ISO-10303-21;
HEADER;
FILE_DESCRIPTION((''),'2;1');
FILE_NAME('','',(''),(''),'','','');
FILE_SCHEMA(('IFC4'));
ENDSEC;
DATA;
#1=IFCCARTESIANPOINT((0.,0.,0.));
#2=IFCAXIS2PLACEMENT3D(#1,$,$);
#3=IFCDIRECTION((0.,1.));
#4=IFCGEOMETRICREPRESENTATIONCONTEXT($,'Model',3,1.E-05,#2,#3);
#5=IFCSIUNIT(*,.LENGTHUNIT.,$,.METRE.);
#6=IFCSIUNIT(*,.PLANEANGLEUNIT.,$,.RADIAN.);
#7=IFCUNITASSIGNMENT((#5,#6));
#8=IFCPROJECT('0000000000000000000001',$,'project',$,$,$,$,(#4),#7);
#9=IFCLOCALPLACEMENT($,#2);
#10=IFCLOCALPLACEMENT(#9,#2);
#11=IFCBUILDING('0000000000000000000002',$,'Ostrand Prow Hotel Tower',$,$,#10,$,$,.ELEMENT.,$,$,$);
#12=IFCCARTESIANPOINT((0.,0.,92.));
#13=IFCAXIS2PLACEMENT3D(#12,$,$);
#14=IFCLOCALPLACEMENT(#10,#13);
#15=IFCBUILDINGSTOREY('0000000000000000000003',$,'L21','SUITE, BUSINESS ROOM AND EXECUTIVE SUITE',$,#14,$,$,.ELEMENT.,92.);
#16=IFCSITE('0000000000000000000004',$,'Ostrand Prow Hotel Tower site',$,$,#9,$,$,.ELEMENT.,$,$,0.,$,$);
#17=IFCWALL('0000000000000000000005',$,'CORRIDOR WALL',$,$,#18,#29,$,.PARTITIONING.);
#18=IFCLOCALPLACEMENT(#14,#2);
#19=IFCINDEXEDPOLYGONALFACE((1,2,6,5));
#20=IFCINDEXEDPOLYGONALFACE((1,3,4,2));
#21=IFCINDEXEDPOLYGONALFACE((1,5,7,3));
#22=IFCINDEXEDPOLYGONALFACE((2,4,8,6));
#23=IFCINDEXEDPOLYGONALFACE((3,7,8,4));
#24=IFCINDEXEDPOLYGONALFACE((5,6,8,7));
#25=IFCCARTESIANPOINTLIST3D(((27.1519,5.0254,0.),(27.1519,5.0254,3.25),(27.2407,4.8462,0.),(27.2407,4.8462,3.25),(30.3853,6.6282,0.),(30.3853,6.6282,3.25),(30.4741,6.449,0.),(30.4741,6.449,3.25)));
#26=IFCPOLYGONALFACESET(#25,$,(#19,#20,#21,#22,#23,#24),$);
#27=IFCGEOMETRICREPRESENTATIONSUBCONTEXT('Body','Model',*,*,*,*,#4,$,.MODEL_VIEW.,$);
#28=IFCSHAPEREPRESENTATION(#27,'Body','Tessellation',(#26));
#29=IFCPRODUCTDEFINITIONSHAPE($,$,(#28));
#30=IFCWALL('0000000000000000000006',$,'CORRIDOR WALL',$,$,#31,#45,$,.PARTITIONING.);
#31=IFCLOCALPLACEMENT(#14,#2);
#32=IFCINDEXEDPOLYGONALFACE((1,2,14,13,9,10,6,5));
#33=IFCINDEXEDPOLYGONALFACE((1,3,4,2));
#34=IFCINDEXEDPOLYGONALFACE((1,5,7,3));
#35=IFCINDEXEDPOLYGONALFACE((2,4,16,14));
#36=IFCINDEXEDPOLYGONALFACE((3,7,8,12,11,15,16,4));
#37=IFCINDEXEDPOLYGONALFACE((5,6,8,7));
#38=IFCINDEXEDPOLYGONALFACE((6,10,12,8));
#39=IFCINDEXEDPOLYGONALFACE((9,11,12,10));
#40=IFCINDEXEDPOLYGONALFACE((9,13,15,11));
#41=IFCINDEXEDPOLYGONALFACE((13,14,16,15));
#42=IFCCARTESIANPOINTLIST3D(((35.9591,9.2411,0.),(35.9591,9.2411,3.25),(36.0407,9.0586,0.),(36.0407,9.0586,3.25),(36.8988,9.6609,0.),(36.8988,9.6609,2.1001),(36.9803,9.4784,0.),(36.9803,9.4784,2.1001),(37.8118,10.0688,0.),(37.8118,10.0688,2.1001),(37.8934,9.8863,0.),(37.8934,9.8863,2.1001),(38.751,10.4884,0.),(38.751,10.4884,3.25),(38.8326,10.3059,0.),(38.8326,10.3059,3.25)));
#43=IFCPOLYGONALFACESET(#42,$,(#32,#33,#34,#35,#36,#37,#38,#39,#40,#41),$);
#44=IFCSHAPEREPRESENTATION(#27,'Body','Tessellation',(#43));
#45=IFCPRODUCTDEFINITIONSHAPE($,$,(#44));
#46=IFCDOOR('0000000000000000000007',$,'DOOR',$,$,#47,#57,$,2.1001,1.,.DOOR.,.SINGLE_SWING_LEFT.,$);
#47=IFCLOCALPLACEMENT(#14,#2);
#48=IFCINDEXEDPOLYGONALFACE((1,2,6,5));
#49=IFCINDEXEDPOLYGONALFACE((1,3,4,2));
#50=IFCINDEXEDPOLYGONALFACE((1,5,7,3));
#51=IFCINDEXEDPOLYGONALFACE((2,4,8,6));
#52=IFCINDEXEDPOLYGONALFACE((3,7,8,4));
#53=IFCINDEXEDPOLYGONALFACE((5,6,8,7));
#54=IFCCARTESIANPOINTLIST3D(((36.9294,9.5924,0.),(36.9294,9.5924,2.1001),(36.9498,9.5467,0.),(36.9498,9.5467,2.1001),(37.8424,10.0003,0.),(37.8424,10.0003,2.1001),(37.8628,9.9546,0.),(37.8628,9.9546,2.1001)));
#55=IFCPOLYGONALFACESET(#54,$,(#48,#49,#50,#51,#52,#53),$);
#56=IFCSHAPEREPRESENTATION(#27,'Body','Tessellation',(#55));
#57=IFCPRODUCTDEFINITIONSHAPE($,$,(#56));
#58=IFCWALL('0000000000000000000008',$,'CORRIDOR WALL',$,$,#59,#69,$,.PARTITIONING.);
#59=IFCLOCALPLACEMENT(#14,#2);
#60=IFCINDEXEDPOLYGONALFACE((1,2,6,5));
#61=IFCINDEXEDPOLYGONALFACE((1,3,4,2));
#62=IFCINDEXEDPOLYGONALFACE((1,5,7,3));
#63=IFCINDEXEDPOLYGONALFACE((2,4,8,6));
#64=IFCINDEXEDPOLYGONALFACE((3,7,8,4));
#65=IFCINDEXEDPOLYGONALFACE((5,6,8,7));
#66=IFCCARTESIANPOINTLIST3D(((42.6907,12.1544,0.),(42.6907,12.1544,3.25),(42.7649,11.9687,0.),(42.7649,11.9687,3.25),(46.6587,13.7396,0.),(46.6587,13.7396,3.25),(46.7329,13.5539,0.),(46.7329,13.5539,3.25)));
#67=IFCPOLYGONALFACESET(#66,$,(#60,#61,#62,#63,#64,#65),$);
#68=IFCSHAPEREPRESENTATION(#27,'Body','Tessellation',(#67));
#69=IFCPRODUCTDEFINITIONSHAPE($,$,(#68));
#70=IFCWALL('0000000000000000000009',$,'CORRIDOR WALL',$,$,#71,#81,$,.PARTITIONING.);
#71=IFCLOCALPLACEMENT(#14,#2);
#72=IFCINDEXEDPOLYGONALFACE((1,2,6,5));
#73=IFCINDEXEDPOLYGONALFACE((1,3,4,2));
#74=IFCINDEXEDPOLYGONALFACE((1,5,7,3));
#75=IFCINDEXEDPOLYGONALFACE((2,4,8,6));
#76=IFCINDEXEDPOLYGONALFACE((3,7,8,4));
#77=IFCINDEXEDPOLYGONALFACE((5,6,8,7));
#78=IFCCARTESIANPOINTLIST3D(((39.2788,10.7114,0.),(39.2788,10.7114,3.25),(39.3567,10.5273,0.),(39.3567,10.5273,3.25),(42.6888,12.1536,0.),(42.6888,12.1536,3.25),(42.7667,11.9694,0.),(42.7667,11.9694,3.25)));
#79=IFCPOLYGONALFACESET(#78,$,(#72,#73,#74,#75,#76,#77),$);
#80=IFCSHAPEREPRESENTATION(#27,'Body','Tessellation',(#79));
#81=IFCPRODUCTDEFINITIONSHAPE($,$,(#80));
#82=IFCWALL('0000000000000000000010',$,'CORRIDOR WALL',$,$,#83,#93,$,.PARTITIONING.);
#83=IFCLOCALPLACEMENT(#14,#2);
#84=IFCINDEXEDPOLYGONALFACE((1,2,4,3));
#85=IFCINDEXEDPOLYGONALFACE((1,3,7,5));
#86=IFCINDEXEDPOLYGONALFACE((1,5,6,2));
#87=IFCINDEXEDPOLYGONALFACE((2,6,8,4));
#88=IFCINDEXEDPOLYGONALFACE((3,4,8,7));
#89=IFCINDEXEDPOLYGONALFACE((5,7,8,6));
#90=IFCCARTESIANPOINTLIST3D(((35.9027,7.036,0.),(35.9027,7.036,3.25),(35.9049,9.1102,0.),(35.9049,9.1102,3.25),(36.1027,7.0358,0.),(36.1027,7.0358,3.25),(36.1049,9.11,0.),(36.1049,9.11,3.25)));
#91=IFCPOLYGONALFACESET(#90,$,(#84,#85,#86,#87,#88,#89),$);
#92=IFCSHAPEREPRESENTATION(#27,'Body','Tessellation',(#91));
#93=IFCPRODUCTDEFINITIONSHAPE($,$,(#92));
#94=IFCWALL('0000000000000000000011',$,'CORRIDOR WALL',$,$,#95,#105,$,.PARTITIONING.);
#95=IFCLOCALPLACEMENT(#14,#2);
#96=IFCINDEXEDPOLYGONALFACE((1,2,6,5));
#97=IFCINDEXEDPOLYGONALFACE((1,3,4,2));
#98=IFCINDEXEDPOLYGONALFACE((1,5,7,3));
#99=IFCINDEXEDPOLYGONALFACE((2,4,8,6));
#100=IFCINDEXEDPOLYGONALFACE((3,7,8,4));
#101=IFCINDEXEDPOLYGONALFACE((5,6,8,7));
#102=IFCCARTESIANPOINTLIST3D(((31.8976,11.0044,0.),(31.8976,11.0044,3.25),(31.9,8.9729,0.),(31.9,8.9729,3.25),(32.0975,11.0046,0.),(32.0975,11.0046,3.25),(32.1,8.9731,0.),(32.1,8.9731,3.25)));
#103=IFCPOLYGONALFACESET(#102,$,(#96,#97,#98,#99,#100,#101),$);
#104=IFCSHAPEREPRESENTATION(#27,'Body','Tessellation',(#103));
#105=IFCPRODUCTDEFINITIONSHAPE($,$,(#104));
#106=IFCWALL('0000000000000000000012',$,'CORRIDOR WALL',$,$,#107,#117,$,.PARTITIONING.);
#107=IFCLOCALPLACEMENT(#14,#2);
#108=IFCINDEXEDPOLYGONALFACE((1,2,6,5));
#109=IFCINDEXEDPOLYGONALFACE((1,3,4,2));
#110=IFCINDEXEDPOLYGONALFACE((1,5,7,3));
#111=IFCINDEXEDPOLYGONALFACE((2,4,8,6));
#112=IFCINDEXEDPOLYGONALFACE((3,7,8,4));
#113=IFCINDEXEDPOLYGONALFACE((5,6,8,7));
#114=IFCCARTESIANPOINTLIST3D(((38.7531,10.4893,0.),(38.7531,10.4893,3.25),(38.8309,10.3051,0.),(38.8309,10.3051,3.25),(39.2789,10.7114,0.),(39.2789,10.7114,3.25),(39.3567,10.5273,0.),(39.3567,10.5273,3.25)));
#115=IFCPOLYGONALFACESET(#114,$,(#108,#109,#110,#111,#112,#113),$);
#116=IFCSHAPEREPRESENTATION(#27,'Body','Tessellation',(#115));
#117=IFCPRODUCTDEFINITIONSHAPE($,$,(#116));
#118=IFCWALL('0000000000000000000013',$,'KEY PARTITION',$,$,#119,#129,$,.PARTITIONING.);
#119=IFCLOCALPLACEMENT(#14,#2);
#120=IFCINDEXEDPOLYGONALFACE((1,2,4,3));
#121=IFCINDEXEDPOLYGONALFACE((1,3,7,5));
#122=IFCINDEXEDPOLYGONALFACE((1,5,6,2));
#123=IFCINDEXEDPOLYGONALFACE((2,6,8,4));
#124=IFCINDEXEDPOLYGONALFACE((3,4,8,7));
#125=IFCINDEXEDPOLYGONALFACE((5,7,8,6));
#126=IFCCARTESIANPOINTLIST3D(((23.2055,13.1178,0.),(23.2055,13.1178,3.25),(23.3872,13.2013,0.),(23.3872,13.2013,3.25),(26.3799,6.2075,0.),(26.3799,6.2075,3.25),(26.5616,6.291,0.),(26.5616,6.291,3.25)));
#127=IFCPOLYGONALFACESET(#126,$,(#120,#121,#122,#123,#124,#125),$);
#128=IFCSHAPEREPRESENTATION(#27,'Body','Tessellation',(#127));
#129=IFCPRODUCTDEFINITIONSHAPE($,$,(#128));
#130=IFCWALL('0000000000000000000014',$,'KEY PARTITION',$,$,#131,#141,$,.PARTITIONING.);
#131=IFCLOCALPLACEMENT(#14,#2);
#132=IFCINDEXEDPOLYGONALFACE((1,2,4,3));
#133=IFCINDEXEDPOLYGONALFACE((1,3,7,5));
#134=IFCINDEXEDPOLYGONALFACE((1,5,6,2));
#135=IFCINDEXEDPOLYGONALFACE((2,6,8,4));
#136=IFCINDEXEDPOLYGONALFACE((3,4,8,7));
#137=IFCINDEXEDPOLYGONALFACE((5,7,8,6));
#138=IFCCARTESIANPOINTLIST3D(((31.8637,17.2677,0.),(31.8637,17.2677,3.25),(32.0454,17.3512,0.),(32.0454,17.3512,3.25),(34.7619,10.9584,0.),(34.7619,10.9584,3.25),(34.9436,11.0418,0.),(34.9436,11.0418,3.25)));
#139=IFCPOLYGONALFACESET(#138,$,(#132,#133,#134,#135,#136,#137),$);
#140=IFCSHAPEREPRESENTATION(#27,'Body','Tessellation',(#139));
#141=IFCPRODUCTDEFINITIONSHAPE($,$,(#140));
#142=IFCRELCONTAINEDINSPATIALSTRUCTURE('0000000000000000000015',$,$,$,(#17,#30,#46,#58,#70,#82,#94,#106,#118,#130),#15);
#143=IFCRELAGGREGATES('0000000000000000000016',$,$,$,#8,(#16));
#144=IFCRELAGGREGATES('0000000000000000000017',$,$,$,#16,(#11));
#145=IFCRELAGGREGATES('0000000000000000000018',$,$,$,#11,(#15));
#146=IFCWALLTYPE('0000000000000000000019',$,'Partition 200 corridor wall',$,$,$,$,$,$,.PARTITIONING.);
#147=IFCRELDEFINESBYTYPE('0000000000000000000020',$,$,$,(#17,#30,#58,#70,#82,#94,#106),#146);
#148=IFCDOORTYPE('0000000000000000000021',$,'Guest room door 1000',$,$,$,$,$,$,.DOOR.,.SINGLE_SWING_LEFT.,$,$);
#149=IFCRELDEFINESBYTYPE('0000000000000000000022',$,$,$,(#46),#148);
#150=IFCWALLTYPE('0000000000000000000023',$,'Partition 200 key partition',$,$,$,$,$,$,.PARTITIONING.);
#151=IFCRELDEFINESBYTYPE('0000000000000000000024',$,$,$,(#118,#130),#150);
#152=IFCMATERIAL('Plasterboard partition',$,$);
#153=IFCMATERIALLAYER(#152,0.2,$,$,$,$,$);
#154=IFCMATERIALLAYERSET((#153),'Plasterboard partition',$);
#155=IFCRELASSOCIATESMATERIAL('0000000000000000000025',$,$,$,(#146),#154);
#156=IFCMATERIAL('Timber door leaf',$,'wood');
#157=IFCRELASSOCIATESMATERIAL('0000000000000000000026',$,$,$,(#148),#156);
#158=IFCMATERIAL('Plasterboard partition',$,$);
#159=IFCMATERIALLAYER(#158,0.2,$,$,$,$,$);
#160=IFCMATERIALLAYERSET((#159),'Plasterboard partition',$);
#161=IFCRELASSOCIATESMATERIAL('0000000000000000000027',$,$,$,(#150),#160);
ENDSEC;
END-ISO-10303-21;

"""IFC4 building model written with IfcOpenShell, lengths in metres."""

from ifc_helpers import new_model, si_unit, direction, frame, frame_2d, origin, place, context, subcontext, project, spatial, rectangle, extrude, material, layer, layer_set, type_object, element, fill, save


model = new_model("IFC4")

# Units and contexts
model_context = context("Model", 3, precision=1e-05, world=origin(), true_north=direction((0.0, 1.0)))
body_context = subcontext(model_context, "Body", "Model", "MODEL_VIEW")
ifc_project = project(units=[si_unit("LENGTHUNIT", "METRE"), si_unit("PLANEANGLEUNIT", "RADIAN")], contexts=[model_context])

# Site, building, storey
site_placement = place(None, origin())
site = spatial("IfcSite", under=ifc_project, at=site_placement, Name="Ostrand Prow Hotel Tower site", CompositionType="ELEMENT", RefElevation=0.0)
building_placement = place(site_placement, origin())
building = spatial("IfcBuilding", under=site, at=building_placement, Name="Ostrand Prow Hotel Tower", CompositionType="ELEMENT")
storey_placement = place(building_placement, frame((0.0, 0.0, 92.0)))
storey = spatial("IfcBuildingStorey", under=building, at=storey_placement, Name="L21", Description="SUITE, BUSINESS ROOM AND EXECUTIVE SUITE", CompositionType="ELEMENT", Elevation=92.0)

# Shared definitions
ifc_material_1 = material(Name="Plasterboard partition")
ifc_layer_1 = layer(ifc_material_1, 0.2)
ifc_layer_set_1 = layer_set([ifc_layer_1], Name="Plasterboard partition")
wall_type_1 = type_object("IfcWallType", Name="Partition 200 corridor wall", PredefinedType="PARTITIONING", material=ifc_layer_set_1)

# Wall
wall_1_placement = place(storey_placement, frame((27.1963, 4.9358, 0.0), z_axis=(0.0, 0.0, 1.0), x_axis=(0.895964, 0.444126, 0.0)))
element("IfcWall", 1, at=wall_1_placement, inside=storey, type_object=wall_type_1, Name="CORRIDOR WALL", PredefinedType="PARTITIONING", context=body_context, shape_type="SweptSolid", body=[
    extrude(rectangle(XDim=3.6089, YDim=0.2, at=frame_2d((1.8044, 0.0))), origin(), (0.0, 0.0, 1.0), 3.25),
])

# Wall, opening, door
wall_2_placement = place(storey_placement, frame((36.0, 9.1499, 0.0), z_axis=(0.0, 0.0, 1.0), x_axis=(0.91303, 0.407893, 0.0)))
wall_2 = element("IfcWall", 2, at=wall_2_placement, inside=storey, type_object=wall_type_1, Name="CORRIDOR WALL", PredefinedType="PARTITIONING", context=body_context, shape_type="SweptSolid", body=[
    extrude(rectangle(XDim=3.0579, YDim=0.2, at=frame_2d((1.5288, 0.0))), origin(), (0.0, 0.0, 1.0), 3.25),
])
opening_1_placement = place(wall_2_placement, frame((1.0291, 0.0, 0.0)))
opening_1 = element("IfcOpeningElement", 3, at=opening_1_placement, cuts=wall_2, PredefinedType="OPENING", context=body_context, shape_type="SweptSolid", body=[
    extrude(rectangle(XDim=1.0, YDim=2.1001, at=frame_2d((0.5, 1.05))), frame((0.0, 0.1099, 0.0), z_axis=(0.0, -1.0, 0.0), x_axis=(1.0, 0.0, 0.0)), (0.0, 0.0, 1.0), 0.22),
])
ifc_material_2 = material(Name="Timber door leaf", Category="wood")
door_type_1 = type_object("IfcDoorType", Name="Guest room door 1000", OperationType="SINGLE_SWING_LEFT", PredefinedType="DOOR", material=ifc_material_2)
door_1_placement = place(opening_1_placement, origin())
door_1 = element("IfcDoor", 4, at=door_1_placement, inside=storey, type_object=door_type_1, Name="DOOR", OperationType="SINGLE_SWING_LEFT", OverallHeight=2.1001, OverallWidth=1.0, PredefinedType="DOOR", context=body_context, shape_type="SweptSolid", body=[
    extrude(rectangle(XDim=1.0, YDim=2.1001, at=frame_2d((0.5, 1.05))), frame((0.0, 0.0249, 0.0), z_axis=(0.0, -1.0, 0.0), x_axis=(1.0, 0.0, 0.0)), (0.0, 0.0, 1.0), 0.05),
])
fill(opening_1, door_1)

# Walls
wall_3_placement = place(storey_placement, frame((42.7278, 12.0615, 0.0), z_axis=(0.0, 0.0, 1.0), x_axis=(0.928638, 0.370987, 0.0)))
element("IfcWall", 5, at=wall_3_placement, inside=storey, type_object=wall_type_1, Name="CORRIDOR WALL", PredefinedType="PARTITIONING", context=body_context, shape_type="SweptSolid", body=[
    extrude(rectangle(XDim=4.2729, YDim=0.2, at=frame_2d((2.1365, 0.0))), origin(), (0.0, 0.0, 1.0), 3.25),
])
wall_4_placement = place(storey_placement, frame((39.3179, 10.6194, 0.0), z_axis=(0.0, 0.0, 1.0), x_axis=(0.921017, 0.389522, 0.0)))
element("IfcWall", 6, at=wall_4_placement, inside=storey, type_object=wall_type_1, Name="CORRIDOR WALL", PredefinedType="PARTITIONING", context=body_context, shape_type="SweptSolid", body=[
    extrude(rectangle(XDim=3.7024, YDim=0.2, at=frame_2d((1.8511, 0.0))), origin(), (0.0, 0.0, 1.0), 3.25),
])
wall_5_placement = place(storey_placement, frame((36.0027, 7.0359, 0.0), z_axis=(0.0, 0.0, 1.0), x_axis=(0.001059, 0.999999, 0.0)))
element("IfcWall", 7, at=wall_5_placement, inside=storey, type_object=wall_type_1, Name="CORRIDOR WALL", PredefinedType="PARTITIONING", context=body_context, shape_type="SweptSolid", body=[
    extrude(rectangle(XDim=2.0742, YDim=0.2, at=frame_2d((1.0371, 0.0))), origin(), (0.0, 0.0, 1.0), 3.25),
])
wall_6_placement = place(storey_placement, frame((31.9976, 11.0044, 0.0), z_axis=(0.0, 0.0, 1.0), x_axis=(0.001202, -0.999999, 0.0)))
element("IfcWall", 8, at=wall_6_placement, inside=storey, type_object=wall_type_1, Name="CORRIDOR WALL", PredefinedType="PARTITIONING", context=body_context, shape_type="SweptSolid", body=[
    extrude(rectangle(XDim=2.0315, YDim=0.2, at=frame_2d((1.0156, 0.0))), origin(), (0.0, 0.0, 1.0), 3.25),
])
wall_7_placement = place(storey_placement, frame((38.792, 10.3972, 0.0), z_axis=(0.0, 0.0, 1.0), x_axis=(0.921168, 0.389166, 0.0)))
element("IfcWall", 9, at=wall_7_placement, inside=storey, type_object=wall_type_1, Name="CORRIDOR WALL", PredefinedType="PARTITIONING", context=body_context, shape_type="SweptSolid", body=[
    extrude(rectangle(XDim=0.5708, YDim=0.2, at=frame_2d((0.2854, 0.0))), origin(), (0.0, 0.0, 1.0), 3.25),
])
ifc_material_3 = material(Name="Plasterboard partition")
ifc_layer_2 = layer(ifc_material_3, 0.2)
ifc_layer_set_2 = layer_set([ifc_layer_2], Name="Plasterboard partition")
wall_type_2 = type_object("IfcWallType", Name="Partition 200 key partition", PredefinedType="PARTITIONING", material=ifc_layer_set_2)
wall_8_placement = place(storey_placement, frame((26.4707, 6.2493, 0.0), z_axis=(0.0, 0.0, 1.0), x_axis=(-0.417433, 0.908708, 0.0)))
element("IfcWall", 10, at=wall_8_placement, inside=storey, type_object=wall_type_2, Name="KEY PARTITION", PredefinedType="PARTITIONING", context=body_context, shape_type="SweptSolid", body=[
    extrude(rectangle(XDim=7.6045, YDim=0.2, at=frame_2d((3.8022, 0.0))), origin(), (0.0, 0.0, 1.0), 3.25),
])
wall_9_placement = place(storey_placement, frame((34.8528, 11.0, 0.0), z_axis=(0.0, 0.0, 1.0), x_axis=(-0.417419, 0.908714, 0.0)))
element("IfcWall", 11, at=wall_9_placement, inside=storey, type_object=wall_type_2, Name="KEY PARTITION", PredefinedType="PARTITIONING", context=body_context, shape_type="SweptSolid", body=[
    extrude(rectangle(XDim=6.9431, YDim=0.2, at=frame_2d((3.4717, 0.0))), origin(), (0.0, 0.0, 1.0), 3.25),
])

save(model, "model.ifc")
